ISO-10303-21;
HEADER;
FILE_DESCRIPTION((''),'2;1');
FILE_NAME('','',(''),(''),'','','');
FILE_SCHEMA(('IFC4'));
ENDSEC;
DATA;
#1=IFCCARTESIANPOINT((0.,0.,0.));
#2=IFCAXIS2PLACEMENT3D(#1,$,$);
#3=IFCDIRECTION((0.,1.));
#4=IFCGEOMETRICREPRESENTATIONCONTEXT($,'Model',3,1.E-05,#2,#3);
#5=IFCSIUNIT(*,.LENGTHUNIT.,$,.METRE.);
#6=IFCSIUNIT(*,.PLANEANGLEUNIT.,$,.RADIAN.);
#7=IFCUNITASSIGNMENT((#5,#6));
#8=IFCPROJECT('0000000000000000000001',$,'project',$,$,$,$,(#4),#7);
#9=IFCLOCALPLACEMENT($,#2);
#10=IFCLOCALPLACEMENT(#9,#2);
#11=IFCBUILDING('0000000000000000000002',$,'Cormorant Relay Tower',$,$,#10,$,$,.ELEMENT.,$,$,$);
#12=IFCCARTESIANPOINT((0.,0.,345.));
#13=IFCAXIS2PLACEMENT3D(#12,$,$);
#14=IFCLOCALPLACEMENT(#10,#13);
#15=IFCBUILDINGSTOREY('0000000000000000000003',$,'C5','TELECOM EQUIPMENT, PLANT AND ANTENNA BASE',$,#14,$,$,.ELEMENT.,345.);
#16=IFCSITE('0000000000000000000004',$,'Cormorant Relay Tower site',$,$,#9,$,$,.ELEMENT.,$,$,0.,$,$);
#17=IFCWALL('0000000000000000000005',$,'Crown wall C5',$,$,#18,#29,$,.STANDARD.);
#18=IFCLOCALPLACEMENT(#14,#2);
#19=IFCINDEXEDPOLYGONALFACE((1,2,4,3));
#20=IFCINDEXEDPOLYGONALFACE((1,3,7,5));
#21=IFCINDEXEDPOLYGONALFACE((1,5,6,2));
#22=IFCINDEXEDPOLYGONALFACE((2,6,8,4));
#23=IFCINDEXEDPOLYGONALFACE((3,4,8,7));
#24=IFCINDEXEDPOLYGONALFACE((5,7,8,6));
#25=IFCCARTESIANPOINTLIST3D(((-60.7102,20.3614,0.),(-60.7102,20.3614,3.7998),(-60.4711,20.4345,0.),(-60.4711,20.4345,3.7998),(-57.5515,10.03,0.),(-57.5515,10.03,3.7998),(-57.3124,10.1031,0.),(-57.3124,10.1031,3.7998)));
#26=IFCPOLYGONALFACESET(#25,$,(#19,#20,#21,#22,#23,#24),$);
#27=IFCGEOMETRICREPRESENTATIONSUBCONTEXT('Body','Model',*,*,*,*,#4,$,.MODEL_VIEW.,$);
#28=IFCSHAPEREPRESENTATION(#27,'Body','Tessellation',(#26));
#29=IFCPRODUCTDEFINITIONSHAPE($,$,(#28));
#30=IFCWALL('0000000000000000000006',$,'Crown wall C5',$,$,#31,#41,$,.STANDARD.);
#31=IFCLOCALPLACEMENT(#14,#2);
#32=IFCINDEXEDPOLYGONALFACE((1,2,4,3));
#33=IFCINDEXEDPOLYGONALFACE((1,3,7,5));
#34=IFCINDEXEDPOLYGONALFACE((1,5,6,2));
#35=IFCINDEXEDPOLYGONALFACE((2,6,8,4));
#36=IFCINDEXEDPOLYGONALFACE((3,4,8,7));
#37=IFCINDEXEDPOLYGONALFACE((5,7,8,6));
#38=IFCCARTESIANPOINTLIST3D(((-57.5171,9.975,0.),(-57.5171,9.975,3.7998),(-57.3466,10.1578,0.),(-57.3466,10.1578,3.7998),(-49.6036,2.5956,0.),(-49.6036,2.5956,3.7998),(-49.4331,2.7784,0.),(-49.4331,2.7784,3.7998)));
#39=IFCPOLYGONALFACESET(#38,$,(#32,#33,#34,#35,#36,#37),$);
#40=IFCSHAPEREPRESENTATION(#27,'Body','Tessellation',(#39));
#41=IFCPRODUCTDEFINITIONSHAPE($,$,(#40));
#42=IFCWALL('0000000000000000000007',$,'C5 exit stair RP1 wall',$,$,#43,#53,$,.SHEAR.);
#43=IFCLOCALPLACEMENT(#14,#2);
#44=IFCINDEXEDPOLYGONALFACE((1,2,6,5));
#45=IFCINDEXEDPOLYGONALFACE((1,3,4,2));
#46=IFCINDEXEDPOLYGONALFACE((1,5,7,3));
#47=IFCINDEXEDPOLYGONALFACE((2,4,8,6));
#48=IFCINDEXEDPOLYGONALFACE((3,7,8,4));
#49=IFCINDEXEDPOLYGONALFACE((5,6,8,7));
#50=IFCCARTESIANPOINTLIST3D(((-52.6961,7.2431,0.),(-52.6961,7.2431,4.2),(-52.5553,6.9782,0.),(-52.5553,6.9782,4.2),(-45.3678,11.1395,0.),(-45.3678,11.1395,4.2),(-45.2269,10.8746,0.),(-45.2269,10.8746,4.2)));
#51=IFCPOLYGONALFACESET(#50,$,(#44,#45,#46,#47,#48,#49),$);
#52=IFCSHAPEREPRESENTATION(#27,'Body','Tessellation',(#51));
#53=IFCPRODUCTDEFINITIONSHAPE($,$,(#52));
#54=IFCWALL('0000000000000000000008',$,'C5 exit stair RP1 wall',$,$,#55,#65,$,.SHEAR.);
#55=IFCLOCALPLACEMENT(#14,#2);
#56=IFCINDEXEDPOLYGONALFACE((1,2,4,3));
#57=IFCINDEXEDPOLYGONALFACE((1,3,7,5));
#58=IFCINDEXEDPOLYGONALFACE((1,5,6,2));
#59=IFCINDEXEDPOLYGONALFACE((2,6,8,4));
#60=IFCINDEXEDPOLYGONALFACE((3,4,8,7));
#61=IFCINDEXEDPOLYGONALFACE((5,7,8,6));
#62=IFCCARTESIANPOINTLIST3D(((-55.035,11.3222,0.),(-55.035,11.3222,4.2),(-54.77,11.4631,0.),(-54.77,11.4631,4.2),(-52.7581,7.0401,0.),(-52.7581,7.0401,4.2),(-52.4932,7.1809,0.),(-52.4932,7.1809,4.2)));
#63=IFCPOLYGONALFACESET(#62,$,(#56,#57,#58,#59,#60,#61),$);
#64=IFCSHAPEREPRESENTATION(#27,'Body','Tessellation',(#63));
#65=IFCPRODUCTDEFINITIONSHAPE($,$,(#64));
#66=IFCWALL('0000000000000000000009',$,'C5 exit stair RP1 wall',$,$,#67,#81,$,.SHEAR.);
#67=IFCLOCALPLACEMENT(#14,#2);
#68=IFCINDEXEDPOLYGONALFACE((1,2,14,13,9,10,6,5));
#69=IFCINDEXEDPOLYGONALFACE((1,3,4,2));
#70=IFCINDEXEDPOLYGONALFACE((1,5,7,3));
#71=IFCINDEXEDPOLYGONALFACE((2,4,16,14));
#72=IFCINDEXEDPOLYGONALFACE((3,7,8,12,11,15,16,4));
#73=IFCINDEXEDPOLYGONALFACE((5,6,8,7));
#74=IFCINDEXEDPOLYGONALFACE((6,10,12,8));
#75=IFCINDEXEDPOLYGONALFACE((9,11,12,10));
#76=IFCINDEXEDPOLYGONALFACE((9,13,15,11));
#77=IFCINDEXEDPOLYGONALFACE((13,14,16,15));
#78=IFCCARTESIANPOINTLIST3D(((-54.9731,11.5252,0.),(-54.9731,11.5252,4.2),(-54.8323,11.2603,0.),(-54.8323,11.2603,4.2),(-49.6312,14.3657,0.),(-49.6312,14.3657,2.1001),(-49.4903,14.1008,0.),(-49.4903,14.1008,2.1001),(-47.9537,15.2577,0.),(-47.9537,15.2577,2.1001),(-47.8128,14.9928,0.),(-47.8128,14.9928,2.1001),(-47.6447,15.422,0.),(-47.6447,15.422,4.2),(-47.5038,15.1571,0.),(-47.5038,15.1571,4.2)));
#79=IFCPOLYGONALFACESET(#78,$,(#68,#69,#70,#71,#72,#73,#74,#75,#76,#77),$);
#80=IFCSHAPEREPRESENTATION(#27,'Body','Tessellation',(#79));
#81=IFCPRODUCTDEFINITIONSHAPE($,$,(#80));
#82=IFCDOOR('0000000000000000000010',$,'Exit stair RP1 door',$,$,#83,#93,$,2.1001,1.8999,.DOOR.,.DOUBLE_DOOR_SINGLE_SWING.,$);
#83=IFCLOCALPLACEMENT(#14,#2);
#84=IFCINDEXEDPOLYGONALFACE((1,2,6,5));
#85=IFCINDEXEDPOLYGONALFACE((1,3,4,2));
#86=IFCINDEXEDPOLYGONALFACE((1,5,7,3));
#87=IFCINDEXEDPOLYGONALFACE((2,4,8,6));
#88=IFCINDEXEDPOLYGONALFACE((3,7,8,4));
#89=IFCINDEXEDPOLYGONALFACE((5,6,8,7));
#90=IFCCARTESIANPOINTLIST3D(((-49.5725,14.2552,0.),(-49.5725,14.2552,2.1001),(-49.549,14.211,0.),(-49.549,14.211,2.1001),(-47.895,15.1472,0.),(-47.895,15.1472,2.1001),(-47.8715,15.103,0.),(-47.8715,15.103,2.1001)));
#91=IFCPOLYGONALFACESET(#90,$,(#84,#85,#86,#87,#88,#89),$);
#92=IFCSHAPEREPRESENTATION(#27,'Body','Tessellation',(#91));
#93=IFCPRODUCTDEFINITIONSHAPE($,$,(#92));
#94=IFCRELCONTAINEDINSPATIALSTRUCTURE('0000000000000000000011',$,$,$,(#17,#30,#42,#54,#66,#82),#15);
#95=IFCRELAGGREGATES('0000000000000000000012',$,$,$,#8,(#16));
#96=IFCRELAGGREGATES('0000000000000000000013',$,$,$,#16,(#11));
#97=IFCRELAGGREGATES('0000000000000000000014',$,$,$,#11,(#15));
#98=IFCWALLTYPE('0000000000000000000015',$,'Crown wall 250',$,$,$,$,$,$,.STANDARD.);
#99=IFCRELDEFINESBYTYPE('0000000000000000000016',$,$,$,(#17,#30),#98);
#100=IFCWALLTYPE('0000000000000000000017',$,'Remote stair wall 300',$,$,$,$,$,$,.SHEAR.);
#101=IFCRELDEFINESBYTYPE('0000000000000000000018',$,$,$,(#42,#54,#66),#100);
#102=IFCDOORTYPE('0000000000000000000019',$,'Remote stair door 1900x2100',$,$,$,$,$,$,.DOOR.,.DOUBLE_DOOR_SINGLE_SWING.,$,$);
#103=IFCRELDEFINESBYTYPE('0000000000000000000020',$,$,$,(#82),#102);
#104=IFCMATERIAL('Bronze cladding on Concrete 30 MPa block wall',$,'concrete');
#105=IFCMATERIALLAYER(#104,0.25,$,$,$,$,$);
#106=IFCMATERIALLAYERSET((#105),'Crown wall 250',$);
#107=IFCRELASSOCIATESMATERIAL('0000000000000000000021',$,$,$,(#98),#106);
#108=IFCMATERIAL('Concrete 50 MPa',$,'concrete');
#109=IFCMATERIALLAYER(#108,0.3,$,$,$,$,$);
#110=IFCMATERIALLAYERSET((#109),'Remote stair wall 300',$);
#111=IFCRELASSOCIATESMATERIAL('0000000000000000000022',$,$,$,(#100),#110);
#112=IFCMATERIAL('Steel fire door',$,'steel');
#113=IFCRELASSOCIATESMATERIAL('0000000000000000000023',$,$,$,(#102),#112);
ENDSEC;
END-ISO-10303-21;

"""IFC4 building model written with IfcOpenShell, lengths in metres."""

from ifc_helpers import new_model, si_unit, direction, frame, frame_2d, origin, place, context, subcontext, project, spatial, rectangle, extrude, material, layer, layer_set, type_object, element, fill, save


model = new_model("IFC4")

# Units and contexts
model_context = context("Model", 3, precision=1e-05, world=origin(), true_north=direction((0.0, 1.0)))
body_context = subcontext(model_context, "Body", "Model", "MODEL_VIEW")
ifc_project = project(units=[si_unit("LENGTHUNIT", "METRE"), si_unit("PLANEANGLEUNIT", "RADIAN")], contexts=[model_context])

# Site, building, storey
site_placement = place(None, origin())
site = spatial("IfcSite", under=ifc_project, at=site_placement, Name="Cormorant Relay Tower site", CompositionType="ELEMENT", RefElevation=0.0)
building_placement = place(site_placement, origin())
building = spatial("IfcBuilding", under=site, at=building_placement, Name="Cormorant Relay Tower", CompositionType="ELEMENT")
storey_placement = place(building_placement, frame((0.0, 0.0, 345.0)))
storey = spatial("IfcBuildingStorey", under=building, at=storey_placement, Name="C5", Description="TELECOM EQUIPMENT, PLANT AND ANTENNA BASE", CompositionType="ELEMENT", Elevation=345.0)

# Walls
ifc_material_1 = material(Name="Bronze cladding on Concrete 30 MPa block wall", Category="concrete")
ifc_layer_1 = layer(ifc_material_1, 0.25)
ifc_layer_set_1 = layer_set([ifc_layer_1], Name="Crown wall 250")
wall_type_1 = type_object("IfcWallType", Name="Crown wall 250", PredefinedType="STANDARD", material=ifc_layer_set_1)
wall_1_placement = place(storey_placement, frame((-57.4319, 10.0664, 0.0), z_axis=(0.0, 0.0, 1.0), x_axis=(-0.29238, 0.956302, 0.0)))
element("IfcWall", 1, at=wall_1_placement, inside=storey, type_object=wall_type_1, Name="Crown wall C5", PredefinedType="STANDARD", context=body_context, shape_type="SweptSolid", body=[
    extrude(rectangle(XDim=10.8035, YDim=0.25, at=frame_2d((5.4019, 0.0))), origin(), (0.0, 0.0, 1.0), 3.7998),
])
wall_2_placement = place(storey_placement, frame((-49.5183, 2.687, 0.0), z_axis=(0.0, 0.0, 1.0), x_axis=(-0.73136, 0.681992, 0.0)))
element("IfcWall", 2, at=wall_2_placement, inside=storey, type_object=wall_type_1, Name="Crown wall C5", PredefinedType="STANDARD", context=body_context, shape_type="SweptSolid", body=[
    extrude(rectangle(XDim=10.8203, YDim=0.25, at=frame_2d((5.4102, 0.0))), origin(), (0.0, 0.0, 1.0), 3.7998),
])
ifc_material_2 = material(Name="Concrete 50 MPa", Category="concrete")
ifc_layer_2 = layer(ifc_material_2, 0.3)
ifc_layer_set_2 = layer_set([ifc_layer_2], Name="Remote stair wall 300")
wall_type_2 = type_object("IfcWallType", Name="Remote stair wall 300", PredefinedType="SHEAR", material=ifc_layer_set_2)
wall_3_placement = place(storey_placement, frame((-45.2974, 11.0071, 0.0), z_axis=(0.0, 0.0, 1.0), x_axis=(-0.882952, -0.469464, 0.0)))
element("IfcWall", 3, at=wall_3_placement, inside=storey, type_object=wall_type_2, Name="C5 exit stair RP1 wall", PredefinedType="SHEAR", context=body_context, shape_type="SweptSolid", body=[
    extrude(rectangle(XDim=8.2998, YDim=0.3, at=frame_2d((4.1499, 0.0))), origin(), (0.0, 0.0, 1.0), 4.2),
])
wall_4_placement = place(storey_placement, frame((-52.6257, 7.1106, 0.0), z_axis=(0.0, 0.0, 1.0), x_axis=(-0.469464, 0.882951, 0.0)))
element("IfcWall", 4, at=wall_4_placement, inside=storey, type_object=wall_type_2, Name="C5 exit stair RP1 wall", PredefinedType="SHEAR", context=body_context, shape_type="SweptSolid", body=[
    extrude(rectangle(XDim=4.8499, YDim=0.3, at=frame_2d((2.4248, 0.0))), origin(), (0.0, 0.0, 1.0), 4.2),
])

# Wall, opening, door
wall_5_placement = place(storey_placement, frame((-54.9026, 11.3928, 0.0), z_axis=(0.0, 0.0, 1.0), x_axis=(0.882939, 0.469487, 0.0)))
wall_5 = element("IfcWall", 5, at=wall_5_placement, inside=storey, type_object=wall_type_2, Name="C5 exit stair RP1 wall", PredefinedType="SHEAR", context=body_context, shape_type="SweptSolid", body=[
    extrude(rectangle(XDim=8.3, YDim=0.3, at=frame_2d((4.1499, 0.0))), origin(), (0.0, 0.0, 1.0), 4.2),
])
opening_1_placement = place(wall_5_placement, frame((6.05, 0.0, 0.0)))
opening_1 = element("IfcOpeningElement", 6, at=opening_1_placement, cuts=wall_5, PredefinedType="OPENING", context=body_context, shape_type="SweptSolid", body=[
    extrude(rectangle(XDim=1.8999, YDim=2.1001, at=frame_2d((0.95, 1.05))), frame((0.0, 0.1599, 0.0), z_axis=(0.0, -1.0, 0.0), x_axis=(1.0, 0.0, 0.0)), (0.0, 0.0, 1.0), 0.3201),
])
ifc_material_3 = material(Name="Steel fire door", Category="steel")
door_type_1 = type_object("IfcDoorType", Name="Remote stair door 1900x2100", OperationType="DOUBLE_DOOR_SINGLE_SWING", PredefinedType="DOOR", material=ifc_material_3)
door_1_placement = place(opening_1_placement, origin())
door_1 = element("IfcDoor", 7, at=door_1_placement, inside=storey, type_object=door_type_1, Name="Exit stair RP1 door", OperationType="DOUBLE_DOOR_SINGLE_SWING", OverallHeight=2.1001, OverallWidth=1.8999, PredefinedType="DOOR", context=body_context, shape_type="SweptSolid", body=[
    extrude(rectangle(XDim=1.8999, YDim=2.1001, at=frame_2d((0.95, 1.05))), frame((0.0, 0.0249, 0.0), z_axis=(0.0, -1.0, 0.0), x_axis=(1.0, 0.0, 0.0)), (0.0, 0.0, 1.0), 0.05),
])
fill(opening_1, door_1)

save(model, "model.ifc")
